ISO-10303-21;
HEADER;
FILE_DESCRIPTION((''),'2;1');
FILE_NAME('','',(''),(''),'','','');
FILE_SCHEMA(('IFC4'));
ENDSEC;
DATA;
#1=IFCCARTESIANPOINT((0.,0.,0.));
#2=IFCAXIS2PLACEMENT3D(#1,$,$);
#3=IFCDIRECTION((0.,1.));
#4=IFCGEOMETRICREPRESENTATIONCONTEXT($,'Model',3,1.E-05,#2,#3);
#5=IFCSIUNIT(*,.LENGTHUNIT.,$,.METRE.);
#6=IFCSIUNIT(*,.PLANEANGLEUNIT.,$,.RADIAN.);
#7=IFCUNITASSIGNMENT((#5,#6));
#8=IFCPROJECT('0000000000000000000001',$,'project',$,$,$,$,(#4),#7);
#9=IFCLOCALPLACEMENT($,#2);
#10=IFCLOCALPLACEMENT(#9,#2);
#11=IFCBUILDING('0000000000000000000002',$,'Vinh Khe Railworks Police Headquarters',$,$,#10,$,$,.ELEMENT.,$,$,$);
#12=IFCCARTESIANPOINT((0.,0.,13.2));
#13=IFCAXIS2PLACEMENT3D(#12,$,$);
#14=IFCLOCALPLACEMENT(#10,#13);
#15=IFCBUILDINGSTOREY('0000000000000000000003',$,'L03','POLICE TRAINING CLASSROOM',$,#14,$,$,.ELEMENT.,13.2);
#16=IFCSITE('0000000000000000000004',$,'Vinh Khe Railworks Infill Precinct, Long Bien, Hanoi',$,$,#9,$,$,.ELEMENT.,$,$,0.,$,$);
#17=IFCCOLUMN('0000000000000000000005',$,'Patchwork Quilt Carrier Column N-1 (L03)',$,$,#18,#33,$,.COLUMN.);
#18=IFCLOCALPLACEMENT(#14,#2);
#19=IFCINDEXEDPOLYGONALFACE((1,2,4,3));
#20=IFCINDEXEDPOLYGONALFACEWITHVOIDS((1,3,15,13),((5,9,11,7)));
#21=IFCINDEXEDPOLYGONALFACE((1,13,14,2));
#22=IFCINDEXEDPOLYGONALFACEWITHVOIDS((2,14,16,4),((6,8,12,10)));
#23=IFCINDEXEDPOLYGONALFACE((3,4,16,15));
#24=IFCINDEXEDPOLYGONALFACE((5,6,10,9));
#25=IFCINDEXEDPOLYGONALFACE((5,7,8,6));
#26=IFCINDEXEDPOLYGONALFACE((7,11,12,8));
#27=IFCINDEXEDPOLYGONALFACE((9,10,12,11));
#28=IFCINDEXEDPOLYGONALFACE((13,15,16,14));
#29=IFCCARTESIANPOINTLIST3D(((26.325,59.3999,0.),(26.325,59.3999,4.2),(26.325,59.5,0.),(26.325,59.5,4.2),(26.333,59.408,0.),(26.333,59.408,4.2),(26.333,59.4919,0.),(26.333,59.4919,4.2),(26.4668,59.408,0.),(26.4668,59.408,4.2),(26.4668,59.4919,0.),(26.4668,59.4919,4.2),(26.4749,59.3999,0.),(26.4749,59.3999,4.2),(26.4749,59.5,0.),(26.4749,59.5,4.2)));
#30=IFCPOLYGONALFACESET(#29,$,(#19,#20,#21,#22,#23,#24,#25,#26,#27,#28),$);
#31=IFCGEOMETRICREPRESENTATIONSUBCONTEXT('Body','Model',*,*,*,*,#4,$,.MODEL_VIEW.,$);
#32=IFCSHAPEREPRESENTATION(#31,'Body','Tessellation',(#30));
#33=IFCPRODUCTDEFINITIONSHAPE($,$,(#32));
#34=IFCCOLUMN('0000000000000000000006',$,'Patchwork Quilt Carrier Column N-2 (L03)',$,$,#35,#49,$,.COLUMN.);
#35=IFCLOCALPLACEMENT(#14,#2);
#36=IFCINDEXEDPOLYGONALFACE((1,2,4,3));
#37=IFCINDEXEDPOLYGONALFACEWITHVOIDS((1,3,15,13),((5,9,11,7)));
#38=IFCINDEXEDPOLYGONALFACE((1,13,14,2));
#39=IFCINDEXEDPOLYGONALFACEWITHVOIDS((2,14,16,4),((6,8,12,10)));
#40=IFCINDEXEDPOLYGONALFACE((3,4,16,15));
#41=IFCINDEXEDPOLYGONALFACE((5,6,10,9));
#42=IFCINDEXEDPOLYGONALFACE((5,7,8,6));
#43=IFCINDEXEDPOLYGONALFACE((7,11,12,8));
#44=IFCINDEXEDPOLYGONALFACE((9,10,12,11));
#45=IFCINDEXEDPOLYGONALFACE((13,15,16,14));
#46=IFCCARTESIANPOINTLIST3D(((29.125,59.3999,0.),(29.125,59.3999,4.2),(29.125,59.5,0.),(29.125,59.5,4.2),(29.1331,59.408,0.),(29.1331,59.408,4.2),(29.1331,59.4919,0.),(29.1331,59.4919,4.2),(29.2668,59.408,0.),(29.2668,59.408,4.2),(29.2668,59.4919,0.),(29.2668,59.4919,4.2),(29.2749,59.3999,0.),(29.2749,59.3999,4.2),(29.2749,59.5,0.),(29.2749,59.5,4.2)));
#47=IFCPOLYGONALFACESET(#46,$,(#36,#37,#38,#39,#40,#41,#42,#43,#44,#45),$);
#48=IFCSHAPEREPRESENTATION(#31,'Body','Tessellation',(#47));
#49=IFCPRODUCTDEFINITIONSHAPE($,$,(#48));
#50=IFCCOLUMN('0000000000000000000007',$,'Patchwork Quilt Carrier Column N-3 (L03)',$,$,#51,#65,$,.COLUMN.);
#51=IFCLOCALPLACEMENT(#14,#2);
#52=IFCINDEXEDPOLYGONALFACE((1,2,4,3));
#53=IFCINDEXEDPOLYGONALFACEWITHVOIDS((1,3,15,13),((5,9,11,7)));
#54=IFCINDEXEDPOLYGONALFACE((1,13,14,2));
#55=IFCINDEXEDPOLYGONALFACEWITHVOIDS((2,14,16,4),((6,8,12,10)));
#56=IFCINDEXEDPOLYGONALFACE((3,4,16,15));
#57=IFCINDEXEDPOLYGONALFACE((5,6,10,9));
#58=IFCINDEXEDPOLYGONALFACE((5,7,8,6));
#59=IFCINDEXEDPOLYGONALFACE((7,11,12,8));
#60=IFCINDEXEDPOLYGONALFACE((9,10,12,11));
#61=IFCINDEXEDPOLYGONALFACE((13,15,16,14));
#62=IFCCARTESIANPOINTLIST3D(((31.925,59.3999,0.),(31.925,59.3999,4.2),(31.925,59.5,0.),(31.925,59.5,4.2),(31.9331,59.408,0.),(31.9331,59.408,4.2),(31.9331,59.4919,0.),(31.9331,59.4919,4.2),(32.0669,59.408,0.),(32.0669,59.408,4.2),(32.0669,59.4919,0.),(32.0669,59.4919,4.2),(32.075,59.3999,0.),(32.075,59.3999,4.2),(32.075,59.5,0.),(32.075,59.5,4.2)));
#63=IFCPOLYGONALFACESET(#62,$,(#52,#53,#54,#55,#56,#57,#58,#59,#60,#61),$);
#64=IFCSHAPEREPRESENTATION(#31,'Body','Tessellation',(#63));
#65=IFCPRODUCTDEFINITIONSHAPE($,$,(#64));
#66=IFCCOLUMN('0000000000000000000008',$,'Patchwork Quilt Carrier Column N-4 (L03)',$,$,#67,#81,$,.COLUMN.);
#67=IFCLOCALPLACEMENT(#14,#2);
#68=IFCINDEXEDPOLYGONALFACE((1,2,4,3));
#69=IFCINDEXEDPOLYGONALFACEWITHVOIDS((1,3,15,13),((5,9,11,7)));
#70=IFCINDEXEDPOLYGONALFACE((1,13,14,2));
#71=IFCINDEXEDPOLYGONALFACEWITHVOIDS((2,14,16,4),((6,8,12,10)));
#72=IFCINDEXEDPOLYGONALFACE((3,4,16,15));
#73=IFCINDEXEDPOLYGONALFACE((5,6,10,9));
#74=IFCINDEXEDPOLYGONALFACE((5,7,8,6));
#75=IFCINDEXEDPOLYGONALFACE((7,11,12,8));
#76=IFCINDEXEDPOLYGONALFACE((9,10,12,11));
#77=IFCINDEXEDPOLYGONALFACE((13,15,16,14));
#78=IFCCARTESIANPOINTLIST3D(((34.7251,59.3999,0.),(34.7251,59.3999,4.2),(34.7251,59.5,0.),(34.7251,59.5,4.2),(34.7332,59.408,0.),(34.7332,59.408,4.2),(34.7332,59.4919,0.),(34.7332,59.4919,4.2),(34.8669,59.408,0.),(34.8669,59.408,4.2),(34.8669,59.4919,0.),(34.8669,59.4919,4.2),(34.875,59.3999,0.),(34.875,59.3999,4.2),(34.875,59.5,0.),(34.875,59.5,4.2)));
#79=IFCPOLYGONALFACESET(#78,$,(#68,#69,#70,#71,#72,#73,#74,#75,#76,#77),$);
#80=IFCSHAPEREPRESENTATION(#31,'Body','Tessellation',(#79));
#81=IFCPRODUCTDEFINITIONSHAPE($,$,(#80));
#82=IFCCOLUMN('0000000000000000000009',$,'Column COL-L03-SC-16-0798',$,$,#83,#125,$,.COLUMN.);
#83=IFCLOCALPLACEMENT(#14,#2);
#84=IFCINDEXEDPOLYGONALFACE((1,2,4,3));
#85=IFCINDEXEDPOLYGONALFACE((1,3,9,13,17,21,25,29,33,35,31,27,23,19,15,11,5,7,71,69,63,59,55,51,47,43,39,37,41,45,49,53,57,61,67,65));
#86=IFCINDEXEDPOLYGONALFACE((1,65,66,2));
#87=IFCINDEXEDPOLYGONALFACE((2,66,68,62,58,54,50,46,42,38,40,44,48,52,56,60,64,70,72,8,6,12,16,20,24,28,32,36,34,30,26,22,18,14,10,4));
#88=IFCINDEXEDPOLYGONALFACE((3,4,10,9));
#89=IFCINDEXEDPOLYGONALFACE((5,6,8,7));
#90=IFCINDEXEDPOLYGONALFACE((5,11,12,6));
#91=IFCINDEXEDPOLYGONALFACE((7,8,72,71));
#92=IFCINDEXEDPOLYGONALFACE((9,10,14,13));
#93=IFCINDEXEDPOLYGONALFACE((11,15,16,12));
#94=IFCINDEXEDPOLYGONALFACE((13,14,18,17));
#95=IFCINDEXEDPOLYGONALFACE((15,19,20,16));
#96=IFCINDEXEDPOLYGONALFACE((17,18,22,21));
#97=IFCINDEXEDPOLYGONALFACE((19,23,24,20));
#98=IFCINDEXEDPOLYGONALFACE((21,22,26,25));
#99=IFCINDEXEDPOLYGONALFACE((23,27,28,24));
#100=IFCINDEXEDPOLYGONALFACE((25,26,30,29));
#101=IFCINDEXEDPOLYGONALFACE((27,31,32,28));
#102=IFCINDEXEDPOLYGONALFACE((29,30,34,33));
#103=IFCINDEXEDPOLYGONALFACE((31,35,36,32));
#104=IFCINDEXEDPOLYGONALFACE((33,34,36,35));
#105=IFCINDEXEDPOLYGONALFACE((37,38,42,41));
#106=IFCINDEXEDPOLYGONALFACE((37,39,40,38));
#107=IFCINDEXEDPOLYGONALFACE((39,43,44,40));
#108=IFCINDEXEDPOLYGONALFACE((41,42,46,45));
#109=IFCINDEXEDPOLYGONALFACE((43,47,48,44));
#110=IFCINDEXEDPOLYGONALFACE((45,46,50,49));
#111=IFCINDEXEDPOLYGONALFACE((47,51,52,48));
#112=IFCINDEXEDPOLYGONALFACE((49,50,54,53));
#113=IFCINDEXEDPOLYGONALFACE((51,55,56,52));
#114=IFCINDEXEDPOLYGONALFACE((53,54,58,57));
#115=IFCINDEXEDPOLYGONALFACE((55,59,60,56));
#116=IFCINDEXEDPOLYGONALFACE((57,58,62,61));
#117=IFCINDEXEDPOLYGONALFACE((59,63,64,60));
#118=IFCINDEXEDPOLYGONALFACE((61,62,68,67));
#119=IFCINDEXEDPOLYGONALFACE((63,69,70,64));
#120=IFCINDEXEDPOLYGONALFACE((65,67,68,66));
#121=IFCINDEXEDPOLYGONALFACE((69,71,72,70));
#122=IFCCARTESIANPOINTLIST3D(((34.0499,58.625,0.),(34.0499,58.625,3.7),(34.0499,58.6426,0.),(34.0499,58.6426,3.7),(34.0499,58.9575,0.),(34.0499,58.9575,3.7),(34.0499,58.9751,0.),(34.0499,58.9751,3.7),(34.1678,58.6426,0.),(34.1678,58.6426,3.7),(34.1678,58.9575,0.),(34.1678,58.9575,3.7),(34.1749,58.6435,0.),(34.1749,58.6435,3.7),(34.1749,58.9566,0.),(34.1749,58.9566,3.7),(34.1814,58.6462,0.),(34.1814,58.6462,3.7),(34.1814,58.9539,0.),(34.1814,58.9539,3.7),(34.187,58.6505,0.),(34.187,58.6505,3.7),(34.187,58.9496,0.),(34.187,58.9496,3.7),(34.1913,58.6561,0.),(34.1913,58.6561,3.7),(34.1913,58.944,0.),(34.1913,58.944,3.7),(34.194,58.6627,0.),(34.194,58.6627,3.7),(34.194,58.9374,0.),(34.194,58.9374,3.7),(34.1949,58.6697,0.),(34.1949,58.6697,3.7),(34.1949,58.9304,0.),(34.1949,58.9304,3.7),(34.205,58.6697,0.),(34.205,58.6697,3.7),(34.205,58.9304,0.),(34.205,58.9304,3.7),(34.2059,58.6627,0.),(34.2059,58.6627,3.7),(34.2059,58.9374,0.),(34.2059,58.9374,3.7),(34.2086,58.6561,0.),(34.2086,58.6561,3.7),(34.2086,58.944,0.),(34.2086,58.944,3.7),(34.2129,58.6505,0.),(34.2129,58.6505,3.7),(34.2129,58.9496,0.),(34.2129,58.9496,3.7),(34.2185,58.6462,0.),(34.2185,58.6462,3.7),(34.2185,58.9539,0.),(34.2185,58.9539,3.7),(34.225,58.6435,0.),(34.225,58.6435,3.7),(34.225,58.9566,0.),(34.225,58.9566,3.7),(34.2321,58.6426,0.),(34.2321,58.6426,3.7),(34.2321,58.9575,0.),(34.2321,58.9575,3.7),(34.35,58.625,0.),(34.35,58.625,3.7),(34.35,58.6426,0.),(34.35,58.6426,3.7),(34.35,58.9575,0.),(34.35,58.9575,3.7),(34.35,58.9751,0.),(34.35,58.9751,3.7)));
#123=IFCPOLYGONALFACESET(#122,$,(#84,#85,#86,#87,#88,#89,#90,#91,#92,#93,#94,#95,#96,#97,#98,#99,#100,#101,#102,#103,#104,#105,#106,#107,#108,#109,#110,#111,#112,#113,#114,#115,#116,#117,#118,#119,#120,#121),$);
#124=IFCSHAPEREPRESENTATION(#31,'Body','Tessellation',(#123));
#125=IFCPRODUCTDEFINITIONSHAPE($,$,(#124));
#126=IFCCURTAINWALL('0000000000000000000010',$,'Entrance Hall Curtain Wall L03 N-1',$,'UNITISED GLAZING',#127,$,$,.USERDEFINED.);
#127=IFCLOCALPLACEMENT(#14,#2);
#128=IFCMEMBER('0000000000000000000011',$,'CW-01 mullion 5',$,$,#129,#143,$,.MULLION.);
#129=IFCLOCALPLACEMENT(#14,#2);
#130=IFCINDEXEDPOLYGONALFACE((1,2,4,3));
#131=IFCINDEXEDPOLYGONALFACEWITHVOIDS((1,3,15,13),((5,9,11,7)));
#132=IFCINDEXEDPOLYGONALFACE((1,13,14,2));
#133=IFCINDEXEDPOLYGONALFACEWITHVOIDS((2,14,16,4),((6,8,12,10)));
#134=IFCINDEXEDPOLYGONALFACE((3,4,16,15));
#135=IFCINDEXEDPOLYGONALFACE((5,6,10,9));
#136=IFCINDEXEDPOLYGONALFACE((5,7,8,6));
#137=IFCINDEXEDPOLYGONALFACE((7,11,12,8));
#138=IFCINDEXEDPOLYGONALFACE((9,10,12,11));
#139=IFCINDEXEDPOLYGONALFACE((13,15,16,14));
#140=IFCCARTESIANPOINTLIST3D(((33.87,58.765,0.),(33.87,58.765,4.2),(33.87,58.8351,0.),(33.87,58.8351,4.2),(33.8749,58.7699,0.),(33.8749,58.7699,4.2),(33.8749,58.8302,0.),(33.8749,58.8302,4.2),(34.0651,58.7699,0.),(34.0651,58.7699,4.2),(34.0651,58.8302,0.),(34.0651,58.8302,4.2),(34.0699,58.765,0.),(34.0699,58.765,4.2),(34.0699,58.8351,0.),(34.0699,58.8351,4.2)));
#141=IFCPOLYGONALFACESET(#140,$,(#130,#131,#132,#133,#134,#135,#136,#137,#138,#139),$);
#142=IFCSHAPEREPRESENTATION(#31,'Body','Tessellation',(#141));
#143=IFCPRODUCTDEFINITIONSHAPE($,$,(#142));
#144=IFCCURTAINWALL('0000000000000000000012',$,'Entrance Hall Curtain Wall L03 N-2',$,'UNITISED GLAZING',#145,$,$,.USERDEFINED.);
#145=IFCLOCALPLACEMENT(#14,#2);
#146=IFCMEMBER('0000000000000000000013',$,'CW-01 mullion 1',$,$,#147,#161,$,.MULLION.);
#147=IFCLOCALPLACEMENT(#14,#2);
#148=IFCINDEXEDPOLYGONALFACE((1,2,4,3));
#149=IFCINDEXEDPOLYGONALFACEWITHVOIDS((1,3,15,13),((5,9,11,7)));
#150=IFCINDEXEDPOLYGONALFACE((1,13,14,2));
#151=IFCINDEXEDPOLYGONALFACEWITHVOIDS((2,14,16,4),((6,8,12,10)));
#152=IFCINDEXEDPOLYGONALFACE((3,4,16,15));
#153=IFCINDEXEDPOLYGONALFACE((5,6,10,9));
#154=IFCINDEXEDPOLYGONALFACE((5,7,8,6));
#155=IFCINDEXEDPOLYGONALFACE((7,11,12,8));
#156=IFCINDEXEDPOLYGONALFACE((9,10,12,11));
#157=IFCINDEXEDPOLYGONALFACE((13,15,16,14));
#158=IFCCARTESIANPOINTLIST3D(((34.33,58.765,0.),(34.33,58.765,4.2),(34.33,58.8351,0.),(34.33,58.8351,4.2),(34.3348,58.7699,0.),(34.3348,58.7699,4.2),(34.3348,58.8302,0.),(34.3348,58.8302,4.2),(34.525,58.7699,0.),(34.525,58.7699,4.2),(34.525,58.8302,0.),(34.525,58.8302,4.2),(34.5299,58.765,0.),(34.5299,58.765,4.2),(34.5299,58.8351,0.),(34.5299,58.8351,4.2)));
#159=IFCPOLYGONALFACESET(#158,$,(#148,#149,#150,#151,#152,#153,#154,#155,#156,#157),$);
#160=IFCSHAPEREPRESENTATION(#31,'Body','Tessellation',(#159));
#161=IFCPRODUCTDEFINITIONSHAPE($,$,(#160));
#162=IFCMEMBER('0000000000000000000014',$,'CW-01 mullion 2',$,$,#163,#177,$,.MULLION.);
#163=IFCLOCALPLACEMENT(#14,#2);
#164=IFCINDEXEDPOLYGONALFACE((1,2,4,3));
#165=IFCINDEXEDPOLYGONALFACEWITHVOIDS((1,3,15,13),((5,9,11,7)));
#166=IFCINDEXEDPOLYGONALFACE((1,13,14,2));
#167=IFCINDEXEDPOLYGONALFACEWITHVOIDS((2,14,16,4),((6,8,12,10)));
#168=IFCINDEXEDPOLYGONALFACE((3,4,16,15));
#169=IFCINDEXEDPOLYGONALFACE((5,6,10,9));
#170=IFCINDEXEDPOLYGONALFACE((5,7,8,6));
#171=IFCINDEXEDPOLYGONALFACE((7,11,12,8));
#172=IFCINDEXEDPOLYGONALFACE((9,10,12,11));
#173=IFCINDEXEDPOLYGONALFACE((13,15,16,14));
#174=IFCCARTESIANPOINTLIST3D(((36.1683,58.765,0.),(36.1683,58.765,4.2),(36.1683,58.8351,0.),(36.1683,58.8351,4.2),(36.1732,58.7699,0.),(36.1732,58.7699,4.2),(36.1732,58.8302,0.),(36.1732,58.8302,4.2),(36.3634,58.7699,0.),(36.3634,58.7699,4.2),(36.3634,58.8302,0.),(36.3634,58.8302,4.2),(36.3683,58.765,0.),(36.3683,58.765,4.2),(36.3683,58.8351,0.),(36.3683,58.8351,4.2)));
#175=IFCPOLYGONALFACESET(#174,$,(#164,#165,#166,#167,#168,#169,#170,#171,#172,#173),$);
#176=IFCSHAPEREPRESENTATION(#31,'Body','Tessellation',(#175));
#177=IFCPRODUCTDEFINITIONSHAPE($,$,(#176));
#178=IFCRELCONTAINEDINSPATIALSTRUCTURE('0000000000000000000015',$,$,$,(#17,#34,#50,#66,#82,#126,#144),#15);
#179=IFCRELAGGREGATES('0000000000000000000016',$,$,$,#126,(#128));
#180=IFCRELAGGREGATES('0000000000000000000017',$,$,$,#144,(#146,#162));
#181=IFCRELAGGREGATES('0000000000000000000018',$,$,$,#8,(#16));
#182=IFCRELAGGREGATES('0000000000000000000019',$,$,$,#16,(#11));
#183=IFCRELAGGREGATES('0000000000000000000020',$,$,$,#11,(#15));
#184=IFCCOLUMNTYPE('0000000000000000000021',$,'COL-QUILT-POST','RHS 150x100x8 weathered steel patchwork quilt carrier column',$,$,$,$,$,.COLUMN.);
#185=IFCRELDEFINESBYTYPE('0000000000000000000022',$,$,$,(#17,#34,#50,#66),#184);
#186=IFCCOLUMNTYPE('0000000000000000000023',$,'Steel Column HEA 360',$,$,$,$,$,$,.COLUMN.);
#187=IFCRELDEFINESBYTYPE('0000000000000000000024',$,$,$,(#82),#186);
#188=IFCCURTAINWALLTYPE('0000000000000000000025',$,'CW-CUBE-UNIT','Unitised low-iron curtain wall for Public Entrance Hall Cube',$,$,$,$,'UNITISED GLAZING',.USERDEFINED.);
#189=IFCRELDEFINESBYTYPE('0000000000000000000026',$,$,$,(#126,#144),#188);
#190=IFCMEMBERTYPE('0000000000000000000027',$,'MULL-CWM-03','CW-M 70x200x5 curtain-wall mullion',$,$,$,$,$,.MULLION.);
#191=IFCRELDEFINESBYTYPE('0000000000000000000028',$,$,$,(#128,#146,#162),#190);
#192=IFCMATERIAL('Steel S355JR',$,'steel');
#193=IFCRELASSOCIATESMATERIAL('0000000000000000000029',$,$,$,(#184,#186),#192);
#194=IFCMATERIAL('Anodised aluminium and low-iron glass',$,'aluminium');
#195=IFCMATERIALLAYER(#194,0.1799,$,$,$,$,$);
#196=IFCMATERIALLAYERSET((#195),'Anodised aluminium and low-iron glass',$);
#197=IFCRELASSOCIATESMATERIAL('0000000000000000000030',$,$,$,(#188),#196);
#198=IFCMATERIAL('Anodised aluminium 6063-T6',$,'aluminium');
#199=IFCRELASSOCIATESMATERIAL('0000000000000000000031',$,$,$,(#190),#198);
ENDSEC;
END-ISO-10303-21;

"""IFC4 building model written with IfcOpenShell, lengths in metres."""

from ifc_helpers import new_model, si_unit, direction, frame, origin, origin_2d, place, context, subcontext, project, spatial, hollow_rectangle, i_section, extrude, material, layer, layer_set, material_profile, profile_set, type_object, element, aggregate, save


model = new_model("IFC4")

# Units and contexts
model_context = context("Model", 3, precision=1e-05, world=origin(), true_north=direction((0.0, 1.0)))
body_context = subcontext(model_context, "Body", "Model", "MODEL_VIEW")
ifc_project = project(units=[si_unit("LENGTHUNIT", "METRE"), si_unit("PLANEANGLEUNIT", "RADIAN")], contexts=[model_context])

# Site, building, storey
site_placement = place(None, origin())
site = spatial("IfcSite", under=ifc_project, at=site_placement, Name="Vinh Khe Railworks Infill Precinct, Long Bien, Hanoi", CompositionType="ELEMENT", RefElevation=0.0)
building_placement = place(site_placement, origin())
building = spatial("IfcBuilding", under=site, at=building_placement, Name="Vinh Khe Railworks Police Headquarters", CompositionType="ELEMENT")
storey_placement = place(building_placement, frame((0.0, 0.0, 13.2)))
storey = spatial("IfcBuildingStorey", under=building, at=storey_placement, Name="L03", Description="POLICE TRAINING CLASSROOM", CompositionType="ELEMENT", Elevation=13.2)

# Columns
ifc_material_1 = material(Name="Steel S355JR", Category="steel")
ifc_material_profile_1 = material_profile(ifc_material_1, hollow_rectangle(XDim=0.1499, YDim=0.1001, WallThickness=0.0081, at=origin_2d()), Name="RHS 150x100x8")
ifc_profile_set_1 = profile_set([ifc_material_profile_1], Name="Steel S355JR")
column_type_1 = type_object("IfcColumnType", Name="COL-QUILT-POST", Description="RHS 150x100x8 weathered steel patchwork quilt carrier column", PredefinedType="COLUMN", material=ifc_profile_set_1)
for number, where, z_axis, x_axis, name in (
    (1, (26.3999, 59.45, 0.0), (0.0, 0.0, 1.0), (1.0, 0.0, 0.0), "Patchwork Quilt Carrier Column N-1 (L03)"),
    (2, (29.2, 59.45, 0.0), (0.0, 0.0, 1.0), (1.0, 0.0, 0.0), "Patchwork Quilt Carrier Column N-2 (L03)"),
    (3, (32.0, 59.45, 0.0), (0.0, 0.0, 1.0), (1.0, 0.0, 0.0), "Patchwork Quilt Carrier Column N-3 (L03)"),
    (4, (34.8, 59.45, 0.0), (0.0, 0.0, 1.0), (1.0, 0.0, 0.0), "Patchwork Quilt Carrier Column N-4 (L03)"),
):
    element("IfcColumn", number, at=place(storey_placement, frame(where, z_axis=z_axis, x_axis=x_axis)), inside=storey, type_object=column_type_1, Name=name, PredefinedType="COLUMN", context=body_context, shape_type="SweptSolid", body=[
        extrude(hollow_rectangle(XDim=0.1499, YDim=0.1001, WallThickness=0.0081, at=origin_2d()), origin(), (0.0, 0.0, 1.0), 4.2),
    ])
ifc_material_profile_2 = material_profile(ifc_material_1, i_section(OverallWidth=0.3, OverallDepth=0.3501, WebThickness=0.01, FlangeThickness=0.0176, FilletRadius=0.0271, at=origin_2d()), Name="HEA 360")
ifc_profile_set_2 = profile_set([ifc_material_profile_2], Name="Steel S355JR")
column_type_2 = type_object("IfcColumnType", Name="Steel Column HEA 360", PredefinedType="COLUMN", material=ifc_profile_set_2)
column_placement = place(storey_placement, frame((34.2, 58.8, 0.0), z_axis=(0.0, 0.0, 1.0), x_axis=(1.0, 0.0, 0.0)))
element("IfcColumn", 5, at=column_placement, inside=storey, type_object=column_type_2, Name="Column COL-L03-SC-16-0798", PredefinedType="COLUMN", context=body_context, shape_type="SweptSolid", body=[
    extrude(i_section(OverallWidth=0.3, OverallDepth=0.3501, WebThickness=0.01, FlangeThickness=0.0176, FilletRadius=0.0271, at=origin_2d()), origin(), (0.0, 0.0, 1.0), 3.7),
])

# Curtain wall, member
ifc_material_2 = material(Name="Anodised aluminium and low-iron glass", Category="aluminium")
ifc_layer_1 = layer(ifc_material_2, 0.1799)
ifc_layer_set_1 = layer_set([ifc_layer_1], Name="Anodised aluminium and low-iron glass")
curtain_wall_type = type_object("IfcCurtainWallType", Name="CW-CUBE-UNIT", Description="Unitised low-iron curtain wall for Public Entrance Hall Cube", ElementType="UNITISED GLAZING", PredefinedType="USERDEFINED", material=ifc_layer_set_1)
curtain_wall_1_placement = place(storey_placement, origin())
curtain_wall_1 = element("IfcCurtainWall", 6, at=curtain_wall_1_placement, inside=storey, type_object=curtain_wall_type, Name="Entrance Hall Curtain Wall L03 N-1", ObjectType="UNITISED GLAZING", PredefinedType="USERDEFINED")
ifc_material_3 = material(Name="Anodised aluminium 6063-T6", Category="aluminium")
ifc_material_profile_3 = material_profile(ifc_material_3, hollow_rectangle(XDim=0.0701, YDim=0.2, WallThickness=0.0049, at=origin_2d()), Name="CW-M 70x200x5")
ifc_profile_set_3 = profile_set([ifc_material_profile_3], Name="Anodised aluminium 6063-T6")
member_type_1 = type_object("IfcMemberType", Name="MULL-CWM-03", Description="CW-M 70x200x5 curtain-wall mullion", PredefinedType="MULLION", material=ifc_profile_set_3)
member_1_placement = place(storey_placement, frame((33.97, 58.8, 0.0), z_axis=(0.0, 0.0, 1.0), x_axis=(0.0, 1.0, 0.0)))
member_1 = element("IfcMember", 7, at=member_1_placement, type_object=member_type_1, Name="CW-01 mullion 5", PredefinedType="MULLION", context=body_context, shape_type="SweptSolid", body=[
    extrude(hollow_rectangle(XDim=0.0701, YDim=0.2, WallThickness=0.0049, at=origin_2d()), origin(), (0.0, 0.0, 1.0), 4.2),
])

# Curtain wall, members
curtain_wall_2_placement = place(storey_placement, origin())
curtain_wall_2 = element("IfcCurtainWall", 8, at=curtain_wall_2_placement, inside=storey, type_object=curtain_wall_type, Name="Entrance Hall Curtain Wall L03 N-2", ObjectType="UNITISED GLAZING", PredefinedType="USERDEFINED")
member_2_placement = place(storey_placement, frame((34.4299, 58.8, 0.0), z_axis=(0.0, 0.0, 1.0), x_axis=(0.0, 1.0, 0.0)))
member_2 = element("IfcMember", 9, at=member_2_placement, type_object=member_type_1, Name="CW-01 mullion 1", PredefinedType="MULLION", context=body_context, shape_type="SweptSolid", body=[
    extrude(hollow_rectangle(XDim=0.0701, YDim=0.2, WallThickness=0.0049, at=origin_2d()), origin(), (0.0, 0.0, 1.0), 4.2),
])
member_3_placement = place(storey_placement, frame((36.2683, 58.8, 0.0), z_axis=(0.0, 0.0, 1.0), x_axis=(0.0, 1.0, 0.0)))
member_3 = element("IfcMember", 10, at=member_3_placement, type_object=member_type_1, Name="CW-01 mullion 2", PredefinedType="MULLION", context=body_context, shape_type="SweptSolid", body=[
    extrude(hollow_rectangle(XDim=0.0701, YDim=0.2, WallThickness=0.0049, at=origin_2d()), origin(), (0.0, 0.0, 1.0), 4.2),
])

aggregate(curtain_wall_1, [member_1])
aggregate(curtain_wall_2, [member_2, member_3])

save(model, "model.ifc")
